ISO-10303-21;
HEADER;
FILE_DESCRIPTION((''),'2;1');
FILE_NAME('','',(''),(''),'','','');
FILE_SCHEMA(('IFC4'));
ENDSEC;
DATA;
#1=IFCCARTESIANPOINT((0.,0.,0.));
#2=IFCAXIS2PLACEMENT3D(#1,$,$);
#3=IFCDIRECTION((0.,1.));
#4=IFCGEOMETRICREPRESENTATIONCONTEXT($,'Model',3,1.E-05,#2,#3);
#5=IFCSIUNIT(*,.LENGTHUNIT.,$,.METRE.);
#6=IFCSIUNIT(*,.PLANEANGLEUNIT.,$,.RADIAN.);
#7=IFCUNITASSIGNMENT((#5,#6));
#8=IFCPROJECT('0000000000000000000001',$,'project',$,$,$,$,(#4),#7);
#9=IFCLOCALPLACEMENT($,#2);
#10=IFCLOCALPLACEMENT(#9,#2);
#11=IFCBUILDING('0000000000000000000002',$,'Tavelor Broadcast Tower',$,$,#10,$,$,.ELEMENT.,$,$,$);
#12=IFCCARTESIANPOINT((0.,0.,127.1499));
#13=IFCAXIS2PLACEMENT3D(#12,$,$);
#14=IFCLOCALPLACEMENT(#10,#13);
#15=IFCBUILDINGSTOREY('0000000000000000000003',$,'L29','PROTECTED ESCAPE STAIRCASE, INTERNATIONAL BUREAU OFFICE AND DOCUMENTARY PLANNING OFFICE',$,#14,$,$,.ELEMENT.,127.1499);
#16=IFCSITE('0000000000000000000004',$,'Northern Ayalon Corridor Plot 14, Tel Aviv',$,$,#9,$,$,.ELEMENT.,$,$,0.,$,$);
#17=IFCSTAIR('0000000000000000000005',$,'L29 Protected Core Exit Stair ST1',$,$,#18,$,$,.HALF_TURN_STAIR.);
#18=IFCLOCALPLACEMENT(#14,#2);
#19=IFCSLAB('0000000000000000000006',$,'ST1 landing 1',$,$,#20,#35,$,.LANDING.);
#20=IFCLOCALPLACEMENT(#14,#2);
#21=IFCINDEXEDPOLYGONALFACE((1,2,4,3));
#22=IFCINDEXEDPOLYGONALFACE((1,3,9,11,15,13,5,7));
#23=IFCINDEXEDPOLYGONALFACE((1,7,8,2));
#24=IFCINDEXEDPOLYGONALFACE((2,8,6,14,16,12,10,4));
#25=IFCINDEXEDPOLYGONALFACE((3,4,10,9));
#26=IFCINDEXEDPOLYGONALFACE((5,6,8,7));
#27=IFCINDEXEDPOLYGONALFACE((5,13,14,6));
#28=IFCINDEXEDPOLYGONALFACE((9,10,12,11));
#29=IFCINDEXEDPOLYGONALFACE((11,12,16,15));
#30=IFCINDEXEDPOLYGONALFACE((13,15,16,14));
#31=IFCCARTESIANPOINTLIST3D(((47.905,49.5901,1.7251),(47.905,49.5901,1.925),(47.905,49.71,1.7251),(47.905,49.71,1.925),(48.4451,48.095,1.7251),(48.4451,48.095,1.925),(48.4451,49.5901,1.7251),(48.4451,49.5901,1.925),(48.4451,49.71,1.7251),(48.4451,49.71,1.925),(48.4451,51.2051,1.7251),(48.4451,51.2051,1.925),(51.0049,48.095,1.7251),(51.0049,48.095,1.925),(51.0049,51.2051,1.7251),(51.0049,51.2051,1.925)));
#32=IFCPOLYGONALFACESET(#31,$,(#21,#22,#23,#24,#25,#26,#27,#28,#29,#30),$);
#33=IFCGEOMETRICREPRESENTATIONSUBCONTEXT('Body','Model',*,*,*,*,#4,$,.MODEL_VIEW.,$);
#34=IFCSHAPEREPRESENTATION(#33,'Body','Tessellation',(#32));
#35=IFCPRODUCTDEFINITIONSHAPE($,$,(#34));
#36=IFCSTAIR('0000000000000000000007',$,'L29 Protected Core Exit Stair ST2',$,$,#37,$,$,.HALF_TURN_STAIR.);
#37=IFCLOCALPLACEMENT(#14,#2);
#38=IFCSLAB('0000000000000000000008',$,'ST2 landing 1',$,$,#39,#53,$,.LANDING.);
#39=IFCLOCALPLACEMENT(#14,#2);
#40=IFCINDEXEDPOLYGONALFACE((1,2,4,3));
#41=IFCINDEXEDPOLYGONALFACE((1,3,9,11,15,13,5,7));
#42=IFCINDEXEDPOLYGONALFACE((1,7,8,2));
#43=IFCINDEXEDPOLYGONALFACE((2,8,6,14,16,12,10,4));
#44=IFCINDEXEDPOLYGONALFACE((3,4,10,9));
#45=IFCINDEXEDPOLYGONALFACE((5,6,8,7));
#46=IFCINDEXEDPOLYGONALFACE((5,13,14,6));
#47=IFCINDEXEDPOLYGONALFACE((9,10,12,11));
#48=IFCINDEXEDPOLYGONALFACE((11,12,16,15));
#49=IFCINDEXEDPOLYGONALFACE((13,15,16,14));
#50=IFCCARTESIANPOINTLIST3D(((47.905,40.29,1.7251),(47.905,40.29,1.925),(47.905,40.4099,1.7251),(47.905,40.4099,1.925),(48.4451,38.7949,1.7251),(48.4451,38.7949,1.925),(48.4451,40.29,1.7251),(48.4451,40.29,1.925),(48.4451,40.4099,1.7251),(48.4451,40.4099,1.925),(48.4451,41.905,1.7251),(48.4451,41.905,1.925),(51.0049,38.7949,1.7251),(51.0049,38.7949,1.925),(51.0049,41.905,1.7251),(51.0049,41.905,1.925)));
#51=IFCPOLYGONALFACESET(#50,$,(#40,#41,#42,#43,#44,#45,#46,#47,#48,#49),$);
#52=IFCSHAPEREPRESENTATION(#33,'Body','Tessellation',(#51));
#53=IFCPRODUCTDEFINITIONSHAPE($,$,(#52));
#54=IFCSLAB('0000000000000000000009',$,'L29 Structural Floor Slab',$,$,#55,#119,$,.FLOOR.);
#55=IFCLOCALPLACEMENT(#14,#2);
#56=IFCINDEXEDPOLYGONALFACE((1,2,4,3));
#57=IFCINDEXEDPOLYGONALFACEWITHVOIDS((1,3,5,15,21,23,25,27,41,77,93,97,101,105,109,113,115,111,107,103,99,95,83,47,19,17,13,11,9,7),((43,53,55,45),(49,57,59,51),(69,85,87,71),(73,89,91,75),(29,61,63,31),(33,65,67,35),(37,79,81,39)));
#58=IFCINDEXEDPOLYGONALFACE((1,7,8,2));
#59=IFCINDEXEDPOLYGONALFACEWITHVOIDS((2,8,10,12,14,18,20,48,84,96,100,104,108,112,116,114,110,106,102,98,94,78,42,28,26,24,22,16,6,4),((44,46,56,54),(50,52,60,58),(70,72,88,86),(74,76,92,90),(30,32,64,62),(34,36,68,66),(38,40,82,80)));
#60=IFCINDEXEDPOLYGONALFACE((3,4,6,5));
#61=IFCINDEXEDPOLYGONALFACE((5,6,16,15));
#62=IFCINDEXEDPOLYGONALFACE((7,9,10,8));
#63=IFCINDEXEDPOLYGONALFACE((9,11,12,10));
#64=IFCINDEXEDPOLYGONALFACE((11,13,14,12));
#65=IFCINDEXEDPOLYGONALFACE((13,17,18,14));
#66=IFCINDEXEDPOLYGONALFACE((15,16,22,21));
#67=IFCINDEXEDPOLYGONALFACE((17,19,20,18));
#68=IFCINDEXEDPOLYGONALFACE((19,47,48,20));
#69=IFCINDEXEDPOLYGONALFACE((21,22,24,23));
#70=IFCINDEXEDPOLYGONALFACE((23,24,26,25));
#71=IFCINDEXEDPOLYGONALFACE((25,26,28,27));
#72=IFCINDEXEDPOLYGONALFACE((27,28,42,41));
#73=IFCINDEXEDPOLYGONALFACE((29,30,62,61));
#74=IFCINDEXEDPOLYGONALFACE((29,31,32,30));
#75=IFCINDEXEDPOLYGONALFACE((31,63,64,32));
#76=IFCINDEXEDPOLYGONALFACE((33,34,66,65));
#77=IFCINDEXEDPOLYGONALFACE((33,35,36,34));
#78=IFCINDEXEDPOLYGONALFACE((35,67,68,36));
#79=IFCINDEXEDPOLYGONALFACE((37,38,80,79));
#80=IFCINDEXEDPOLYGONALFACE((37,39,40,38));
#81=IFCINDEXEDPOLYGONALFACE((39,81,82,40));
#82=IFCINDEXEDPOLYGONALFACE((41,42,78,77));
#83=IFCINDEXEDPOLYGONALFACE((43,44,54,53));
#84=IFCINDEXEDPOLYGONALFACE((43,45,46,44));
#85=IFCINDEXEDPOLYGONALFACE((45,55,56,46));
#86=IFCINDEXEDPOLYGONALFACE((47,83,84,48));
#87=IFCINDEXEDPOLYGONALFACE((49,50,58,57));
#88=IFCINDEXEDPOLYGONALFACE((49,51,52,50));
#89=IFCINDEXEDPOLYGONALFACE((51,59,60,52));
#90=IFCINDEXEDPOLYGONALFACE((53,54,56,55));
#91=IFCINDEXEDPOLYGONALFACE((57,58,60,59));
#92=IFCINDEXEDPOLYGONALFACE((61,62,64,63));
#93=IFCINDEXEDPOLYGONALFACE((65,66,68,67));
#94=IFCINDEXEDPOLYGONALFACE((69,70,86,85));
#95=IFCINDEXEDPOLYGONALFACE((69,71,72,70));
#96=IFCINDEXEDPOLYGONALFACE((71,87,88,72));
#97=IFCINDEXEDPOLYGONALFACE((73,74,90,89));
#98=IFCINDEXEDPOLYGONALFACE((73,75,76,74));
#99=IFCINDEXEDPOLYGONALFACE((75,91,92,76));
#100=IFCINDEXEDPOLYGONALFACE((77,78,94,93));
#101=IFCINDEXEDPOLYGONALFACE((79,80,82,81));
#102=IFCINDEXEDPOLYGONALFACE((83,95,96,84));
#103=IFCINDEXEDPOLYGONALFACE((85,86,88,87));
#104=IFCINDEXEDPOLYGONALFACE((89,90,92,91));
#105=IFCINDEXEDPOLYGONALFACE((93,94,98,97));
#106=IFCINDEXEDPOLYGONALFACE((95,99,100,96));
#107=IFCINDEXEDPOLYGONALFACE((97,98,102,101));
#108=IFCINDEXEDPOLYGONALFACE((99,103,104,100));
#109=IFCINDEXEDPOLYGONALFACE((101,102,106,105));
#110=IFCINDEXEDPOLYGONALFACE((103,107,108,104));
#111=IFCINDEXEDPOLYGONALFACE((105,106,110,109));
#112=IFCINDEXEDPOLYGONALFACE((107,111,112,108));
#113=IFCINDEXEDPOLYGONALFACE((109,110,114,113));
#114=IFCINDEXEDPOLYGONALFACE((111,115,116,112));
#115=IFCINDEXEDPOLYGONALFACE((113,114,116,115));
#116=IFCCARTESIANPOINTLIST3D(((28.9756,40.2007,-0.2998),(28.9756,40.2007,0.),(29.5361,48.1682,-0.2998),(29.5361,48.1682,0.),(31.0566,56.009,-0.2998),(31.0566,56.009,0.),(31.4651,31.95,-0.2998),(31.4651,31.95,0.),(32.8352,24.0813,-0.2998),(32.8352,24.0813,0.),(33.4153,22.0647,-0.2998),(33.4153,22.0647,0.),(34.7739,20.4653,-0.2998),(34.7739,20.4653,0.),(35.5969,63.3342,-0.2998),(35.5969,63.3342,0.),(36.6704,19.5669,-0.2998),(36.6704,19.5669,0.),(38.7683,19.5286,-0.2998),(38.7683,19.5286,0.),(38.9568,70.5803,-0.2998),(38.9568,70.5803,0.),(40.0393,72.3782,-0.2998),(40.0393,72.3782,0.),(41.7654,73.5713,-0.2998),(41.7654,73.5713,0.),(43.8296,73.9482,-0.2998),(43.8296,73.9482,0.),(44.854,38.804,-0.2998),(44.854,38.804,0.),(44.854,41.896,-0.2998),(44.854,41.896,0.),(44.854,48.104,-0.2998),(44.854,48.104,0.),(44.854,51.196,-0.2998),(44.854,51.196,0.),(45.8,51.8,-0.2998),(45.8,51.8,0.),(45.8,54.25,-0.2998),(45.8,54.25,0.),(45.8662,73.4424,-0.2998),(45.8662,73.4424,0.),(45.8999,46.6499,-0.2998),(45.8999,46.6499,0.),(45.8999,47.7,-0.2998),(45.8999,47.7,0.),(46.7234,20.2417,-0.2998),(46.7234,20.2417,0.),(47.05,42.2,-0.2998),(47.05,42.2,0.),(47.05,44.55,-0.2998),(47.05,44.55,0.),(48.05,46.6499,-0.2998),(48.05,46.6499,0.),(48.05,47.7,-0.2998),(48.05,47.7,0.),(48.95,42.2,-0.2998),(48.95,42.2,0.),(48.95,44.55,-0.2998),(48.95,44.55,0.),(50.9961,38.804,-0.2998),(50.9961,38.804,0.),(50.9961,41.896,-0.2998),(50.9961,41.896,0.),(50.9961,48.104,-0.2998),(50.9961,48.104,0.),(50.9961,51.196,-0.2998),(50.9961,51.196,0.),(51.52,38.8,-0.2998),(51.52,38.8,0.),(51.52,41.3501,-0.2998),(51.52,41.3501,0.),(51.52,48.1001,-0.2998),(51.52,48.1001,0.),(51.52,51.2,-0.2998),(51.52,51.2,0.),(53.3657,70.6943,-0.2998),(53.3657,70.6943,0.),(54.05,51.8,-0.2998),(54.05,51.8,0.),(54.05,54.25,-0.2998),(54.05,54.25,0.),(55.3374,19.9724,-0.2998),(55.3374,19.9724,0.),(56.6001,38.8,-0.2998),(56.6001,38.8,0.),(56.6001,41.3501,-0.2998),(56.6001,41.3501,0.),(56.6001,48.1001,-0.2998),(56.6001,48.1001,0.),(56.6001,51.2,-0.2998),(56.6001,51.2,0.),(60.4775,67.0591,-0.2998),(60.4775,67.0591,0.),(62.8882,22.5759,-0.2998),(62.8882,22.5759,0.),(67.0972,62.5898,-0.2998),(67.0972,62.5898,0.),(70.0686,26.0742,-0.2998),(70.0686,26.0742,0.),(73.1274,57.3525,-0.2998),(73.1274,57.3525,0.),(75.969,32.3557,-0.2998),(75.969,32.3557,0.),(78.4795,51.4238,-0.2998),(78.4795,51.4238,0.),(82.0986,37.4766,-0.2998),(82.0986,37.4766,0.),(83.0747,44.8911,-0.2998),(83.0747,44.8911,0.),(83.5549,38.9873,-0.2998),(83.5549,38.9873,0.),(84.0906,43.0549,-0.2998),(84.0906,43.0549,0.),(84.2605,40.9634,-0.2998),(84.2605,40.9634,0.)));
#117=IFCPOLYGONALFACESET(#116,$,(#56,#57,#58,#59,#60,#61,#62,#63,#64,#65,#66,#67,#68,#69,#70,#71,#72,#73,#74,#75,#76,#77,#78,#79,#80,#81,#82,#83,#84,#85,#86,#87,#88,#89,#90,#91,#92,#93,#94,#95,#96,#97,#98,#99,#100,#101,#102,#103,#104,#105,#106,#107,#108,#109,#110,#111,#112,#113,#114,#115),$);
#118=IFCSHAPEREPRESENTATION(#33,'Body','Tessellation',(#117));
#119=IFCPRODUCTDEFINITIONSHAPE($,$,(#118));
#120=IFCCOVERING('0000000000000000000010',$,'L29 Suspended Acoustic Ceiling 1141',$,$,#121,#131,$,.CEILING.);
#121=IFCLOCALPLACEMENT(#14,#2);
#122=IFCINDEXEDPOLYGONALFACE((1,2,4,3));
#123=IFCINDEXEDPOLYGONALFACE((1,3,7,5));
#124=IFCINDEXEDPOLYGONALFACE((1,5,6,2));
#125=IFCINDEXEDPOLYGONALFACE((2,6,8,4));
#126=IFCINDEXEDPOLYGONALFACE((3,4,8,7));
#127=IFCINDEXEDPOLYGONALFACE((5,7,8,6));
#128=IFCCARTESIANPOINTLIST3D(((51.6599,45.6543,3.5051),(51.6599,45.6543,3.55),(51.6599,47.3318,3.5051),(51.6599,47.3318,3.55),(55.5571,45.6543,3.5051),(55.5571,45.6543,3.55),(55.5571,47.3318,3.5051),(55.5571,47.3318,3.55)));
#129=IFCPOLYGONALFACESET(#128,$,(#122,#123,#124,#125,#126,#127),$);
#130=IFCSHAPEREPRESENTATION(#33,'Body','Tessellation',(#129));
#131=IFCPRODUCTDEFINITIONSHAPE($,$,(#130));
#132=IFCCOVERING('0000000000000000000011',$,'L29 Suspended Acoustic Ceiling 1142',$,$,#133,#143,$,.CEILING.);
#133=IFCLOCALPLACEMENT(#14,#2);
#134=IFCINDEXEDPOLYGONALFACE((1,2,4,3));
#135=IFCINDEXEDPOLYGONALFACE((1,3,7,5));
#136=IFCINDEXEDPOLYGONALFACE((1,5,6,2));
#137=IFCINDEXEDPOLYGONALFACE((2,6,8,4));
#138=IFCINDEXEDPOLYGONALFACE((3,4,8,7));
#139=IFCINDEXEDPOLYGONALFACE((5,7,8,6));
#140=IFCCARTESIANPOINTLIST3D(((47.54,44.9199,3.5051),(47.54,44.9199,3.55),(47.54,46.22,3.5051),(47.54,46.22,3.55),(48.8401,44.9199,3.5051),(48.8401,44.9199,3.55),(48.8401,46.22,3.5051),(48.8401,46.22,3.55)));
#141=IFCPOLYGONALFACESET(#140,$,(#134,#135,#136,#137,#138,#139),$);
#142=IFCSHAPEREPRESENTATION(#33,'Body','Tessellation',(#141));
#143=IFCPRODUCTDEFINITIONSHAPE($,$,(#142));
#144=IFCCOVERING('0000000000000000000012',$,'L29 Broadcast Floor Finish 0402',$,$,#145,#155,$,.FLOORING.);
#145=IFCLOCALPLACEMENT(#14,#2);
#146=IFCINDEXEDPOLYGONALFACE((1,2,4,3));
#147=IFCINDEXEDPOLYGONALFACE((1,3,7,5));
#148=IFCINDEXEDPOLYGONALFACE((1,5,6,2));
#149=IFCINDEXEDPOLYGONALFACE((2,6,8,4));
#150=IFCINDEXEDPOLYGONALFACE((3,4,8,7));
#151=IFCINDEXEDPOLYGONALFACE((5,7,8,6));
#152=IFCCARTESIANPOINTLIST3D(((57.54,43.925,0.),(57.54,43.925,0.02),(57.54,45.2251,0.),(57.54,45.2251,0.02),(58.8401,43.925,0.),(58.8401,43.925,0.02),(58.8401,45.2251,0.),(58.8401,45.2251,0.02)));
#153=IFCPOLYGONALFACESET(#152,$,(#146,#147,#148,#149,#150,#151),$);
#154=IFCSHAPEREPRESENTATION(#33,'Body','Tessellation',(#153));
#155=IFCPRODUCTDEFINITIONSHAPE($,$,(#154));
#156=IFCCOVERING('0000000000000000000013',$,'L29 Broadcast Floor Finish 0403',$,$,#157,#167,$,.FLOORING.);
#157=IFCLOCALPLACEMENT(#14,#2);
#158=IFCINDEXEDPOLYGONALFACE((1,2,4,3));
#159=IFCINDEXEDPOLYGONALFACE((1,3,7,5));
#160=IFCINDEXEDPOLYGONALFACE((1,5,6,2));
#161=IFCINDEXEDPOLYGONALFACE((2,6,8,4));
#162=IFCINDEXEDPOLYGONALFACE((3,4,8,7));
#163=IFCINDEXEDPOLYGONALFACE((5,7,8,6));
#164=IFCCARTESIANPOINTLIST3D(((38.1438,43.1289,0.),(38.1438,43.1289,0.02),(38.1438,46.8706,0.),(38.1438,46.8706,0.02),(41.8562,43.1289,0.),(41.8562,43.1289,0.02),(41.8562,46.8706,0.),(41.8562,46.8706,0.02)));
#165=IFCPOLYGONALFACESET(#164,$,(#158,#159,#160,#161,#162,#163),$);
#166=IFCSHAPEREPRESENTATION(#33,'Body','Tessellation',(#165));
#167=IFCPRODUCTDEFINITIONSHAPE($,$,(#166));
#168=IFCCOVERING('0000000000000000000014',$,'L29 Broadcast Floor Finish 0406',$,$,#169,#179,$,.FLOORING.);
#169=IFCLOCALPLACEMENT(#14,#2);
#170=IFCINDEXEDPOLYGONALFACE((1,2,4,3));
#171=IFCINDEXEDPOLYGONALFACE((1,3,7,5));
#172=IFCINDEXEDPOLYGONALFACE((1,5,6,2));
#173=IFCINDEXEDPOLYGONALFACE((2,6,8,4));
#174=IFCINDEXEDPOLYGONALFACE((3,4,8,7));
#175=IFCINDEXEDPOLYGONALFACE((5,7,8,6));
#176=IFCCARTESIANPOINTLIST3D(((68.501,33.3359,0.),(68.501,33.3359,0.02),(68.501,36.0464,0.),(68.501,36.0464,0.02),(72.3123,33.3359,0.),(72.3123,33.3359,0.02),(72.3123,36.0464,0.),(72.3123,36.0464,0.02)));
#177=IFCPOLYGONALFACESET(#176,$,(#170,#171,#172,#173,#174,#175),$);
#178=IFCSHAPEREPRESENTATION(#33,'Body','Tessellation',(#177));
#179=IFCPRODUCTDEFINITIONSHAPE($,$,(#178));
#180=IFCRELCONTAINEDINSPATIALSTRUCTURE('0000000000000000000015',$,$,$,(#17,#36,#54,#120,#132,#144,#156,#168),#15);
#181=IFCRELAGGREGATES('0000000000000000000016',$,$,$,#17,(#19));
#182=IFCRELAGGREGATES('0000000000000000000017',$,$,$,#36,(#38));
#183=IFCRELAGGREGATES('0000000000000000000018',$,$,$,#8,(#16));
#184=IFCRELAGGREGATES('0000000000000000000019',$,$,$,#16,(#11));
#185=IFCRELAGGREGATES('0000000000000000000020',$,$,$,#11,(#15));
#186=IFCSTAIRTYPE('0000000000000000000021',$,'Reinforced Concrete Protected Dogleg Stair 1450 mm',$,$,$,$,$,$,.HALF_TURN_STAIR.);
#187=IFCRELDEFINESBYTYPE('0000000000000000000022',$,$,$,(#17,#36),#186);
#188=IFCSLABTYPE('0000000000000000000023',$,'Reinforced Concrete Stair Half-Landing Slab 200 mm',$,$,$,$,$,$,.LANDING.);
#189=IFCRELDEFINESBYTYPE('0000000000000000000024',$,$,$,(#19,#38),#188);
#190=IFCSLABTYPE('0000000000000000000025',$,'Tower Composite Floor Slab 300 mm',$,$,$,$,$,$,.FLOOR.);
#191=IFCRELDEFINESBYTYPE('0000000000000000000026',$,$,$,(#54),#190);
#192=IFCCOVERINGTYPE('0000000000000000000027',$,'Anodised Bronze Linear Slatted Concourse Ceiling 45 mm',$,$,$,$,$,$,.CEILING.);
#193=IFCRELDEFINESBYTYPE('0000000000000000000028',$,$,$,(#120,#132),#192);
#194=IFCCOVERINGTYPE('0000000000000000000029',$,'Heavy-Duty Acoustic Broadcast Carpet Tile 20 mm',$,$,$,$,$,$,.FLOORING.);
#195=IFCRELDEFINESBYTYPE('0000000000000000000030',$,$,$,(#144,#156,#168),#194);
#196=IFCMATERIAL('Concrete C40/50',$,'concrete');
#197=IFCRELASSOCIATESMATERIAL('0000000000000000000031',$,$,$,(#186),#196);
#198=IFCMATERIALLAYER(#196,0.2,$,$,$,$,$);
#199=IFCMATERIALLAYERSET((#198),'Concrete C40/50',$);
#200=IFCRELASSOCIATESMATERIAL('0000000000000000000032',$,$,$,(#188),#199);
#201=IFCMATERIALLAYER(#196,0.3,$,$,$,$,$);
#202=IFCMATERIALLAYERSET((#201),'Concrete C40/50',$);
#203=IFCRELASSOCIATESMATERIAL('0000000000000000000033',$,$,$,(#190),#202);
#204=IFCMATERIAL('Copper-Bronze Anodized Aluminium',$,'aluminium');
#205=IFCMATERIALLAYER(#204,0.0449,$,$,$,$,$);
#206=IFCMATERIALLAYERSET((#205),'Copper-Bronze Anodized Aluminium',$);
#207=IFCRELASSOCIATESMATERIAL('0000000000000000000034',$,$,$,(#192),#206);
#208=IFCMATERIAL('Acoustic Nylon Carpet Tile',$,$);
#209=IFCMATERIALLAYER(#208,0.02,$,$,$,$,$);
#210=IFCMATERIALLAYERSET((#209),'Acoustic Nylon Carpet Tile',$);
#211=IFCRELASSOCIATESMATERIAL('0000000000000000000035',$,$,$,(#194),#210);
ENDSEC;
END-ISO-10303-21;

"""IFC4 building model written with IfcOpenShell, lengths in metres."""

from ifc_helpers import new_model, si_unit, direction, frame, origin, place, context, subcontext, project, spatial, polyline, outline, extrude, material, layer, layer_set, type_object, element, aggregate, save


model = new_model("IFC4")

# Units and contexts
model_context = context("Model", 3, precision=1e-05, world=origin(), true_north=direction((0.0, 1.0)))
body_context = subcontext(model_context, "Body", "Model", "MODEL_VIEW")
ifc_project = project(units=[si_unit("LENGTHUNIT", "METRE"), si_unit("PLANEANGLEUNIT", "RADIAN")], contexts=[model_context])

# Site, building, storey
site_placement = place(None, origin())
site = spatial("IfcSite", under=ifc_project, at=site_placement, Name="Northern Ayalon Corridor Plot 14, Tel Aviv", CompositionType="ELEMENT", RefElevation=0.0)
building_placement = place(site_placement, origin())
building = spatial("IfcBuilding", under=site, at=building_placement, Name="Tavelor Broadcast Tower", CompositionType="ELEMENT")
storey_placement = place(building_placement, frame((0.0, 0.0, 127.1499)))
storey = spatial("IfcBuildingStorey", under=building, at=storey_placement, Name="L29", Description="PROTECTED ESCAPE STAIRCASE, INTERNATIONAL BUREAU OFFICE AND DOCUMENTARY PLANNING OFFICE", CompositionType="ELEMENT", Elevation=127.1499)

# Stairs, slabs
ifc_material_1 = material(Name="Concrete C40/50", Category="concrete")
stair_type = type_object("IfcStairType", Name="Reinforced Concrete Protected Dogleg Stair 1450 mm", PredefinedType="HALF_TURN_STAIR", material=ifc_material_1)
stair_1_placement = place(storey_placement, origin())
stair_1 = element("IfcStair", 1, at=stair_1_placement, inside=storey, type_object=stair_type, Name="L29 Protected Core Exit Stair ST1", PredefinedType="HALF_TURN_STAIR")
ifc_layer_1 = layer(ifc_material_1, 0.2)
ifc_layer_set_1 = layer_set([ifc_layer_1], Name="Concrete C40/50")
slab_type_1 = type_object("IfcSlabType", Name="Reinforced Concrete Stair Half-Landing Slab 200 mm", PredefinedType="LANDING", material=ifc_layer_set_1)
slab_1_placement = place(storey_placement, frame((0.0, 0.0, 1.7251)))
slab_1 = element("IfcSlab", 2, at=slab_1_placement, type_object=slab_type_1, Name="ST1 landing 1", PredefinedType="LANDING", context=body_context, shape_type="SweptSolid", body=[
    extrude(outline(polyline([(48.4451, 49.5901), (48.4451, 48.095), (51.0049, 48.095), (51.0049, 51.2051), (48.4451, 51.2051), (48.4451, 49.71), (47.905, 49.71), (47.905, 49.5901), (48.4451, 49.5901)])), origin(), (0.0, 0.0, 1.0), 0.2),
])
aggregate(stair_1, [slab_1])
stair_2_placement = place(storey_placement, origin())
stair_2 = element("IfcStair", 3, at=stair_2_placement, inside=storey, type_object=stair_type, Name="L29 Protected Core Exit Stair ST2", PredefinedType="HALF_TURN_STAIR")
slab_2_placement = place(storey_placement, frame((0.0, 0.0, 1.7251)))
slab_2 = element("IfcSlab", 4, at=slab_2_placement, type_object=slab_type_1, Name="ST2 landing 1", PredefinedType="LANDING", context=body_context, shape_type="SweptSolid", body=[
    extrude(outline(polyline([(48.4451, 40.29), (48.4451, 38.7949), (51.0049, 38.7949), (51.0049, 41.905), (48.4451, 41.905), (48.4451, 40.4099), (47.905, 40.4099), (47.905, 40.29), (48.4451, 40.29)])), origin(), (0.0, 0.0, 1.0), 0.2),
])
aggregate(stair_2, [slab_2])

# Slab
ifc_layer_2 = layer(ifc_material_1, 0.3)
ifc_layer_set_2 = layer_set([ifc_layer_2], Name="Concrete C40/50")
slab_type_2 = type_object("IfcSlabType", Name="Tower Composite Floor Slab 300 mm", PredefinedType="FLOOR", material=ifc_layer_set_2)
slab_3_placement = place(storey_placement, frame((0.0, 0.0, -0.2998)))
element("IfcSlab", 5, at=slab_3_placement, inside=storey, type_object=slab_type_2, Name="L29 Structural Floor Slab", PredefinedType="FLOOR", context=body_context, shape_type="SweptSolid", body=[
    extrude(outline(polyline([(45.8662, 73.4424), (43.8296, 73.9482), (41.7654, 73.5713), (40.0393, 72.3782), (38.9568, 70.5803), (35.5969, 63.3342), (31.0566, 56.009), (29.5361, 48.1682), (28.9756, 40.2007), (31.4651, 31.95), (32.8352, 24.0813), (33.4153, 22.0647), (34.7739, 20.4653), (36.6704, 19.5669), (38.7683, 19.5286), (46.7234, 20.2417), (55.3374, 19.9724), (62.8882, 22.5759), (70.0686, 26.0742), (75.969, 32.3557), (82.0986, 37.4766), (83.5549, 38.9873), (84.2605, 40.9634), (84.0906, 43.0549), (83.0747, 44.8911), (78.4795, 51.4238), (73.1274, 57.3525), (67.0972, 62.5898), (60.4775, 67.0591), (53.3657, 70.6943), (45.8662, 73.4424)]), holes=[polyline([(56.6001, 41.3501), (56.6001, 38.8), (51.52, 38.8), (51.52, 41.3501), (56.6001, 41.3501)]), polyline([(50.9961, 38.804), (44.854, 38.804), (44.854, 41.896), (50.9961, 41.896), (50.9961, 38.804)]), polyline([(47.05, 42.2), (47.05, 44.55), (48.95, 44.55), (48.95, 42.2), (47.05, 42.2)]), polyline([(48.05, 46.6499), (45.8999, 46.6499), (45.8999, 47.7), (48.05, 47.7), (48.05, 46.6499)]), polyline([(50.9961, 48.104), (44.854, 48.104), (44.854, 51.196), (50.9961, 51.196), (50.9961, 48.104)]), polyline([(56.6001, 48.1001), (51.52, 48.1001), (51.52, 51.2), (56.6001, 51.2), (56.6001, 48.1001)]), polyline([(54.05, 51.8), (45.8, 51.8), (45.8, 54.25), (54.05, 54.25), (54.05, 51.8)])]), origin(), (0.0, 0.0, 1.0), 0.2998),
])

# Coverings
ifc_material_2 = material(Name="Copper-Bronze Anodized Aluminium", Category="aluminium")
ifc_layer_3 = layer(ifc_material_2, 0.0449)
ifc_layer_set_3 = layer_set([ifc_layer_3], Name="Copper-Bronze Anodized Aluminium")
covering_type_1 = type_object("IfcCoveringType", Name="Anodised Bronze Linear Slatted Concourse Ceiling 45 mm", PredefinedType="CEILING", material=ifc_layer_set_3)
covering_1_placement = place(storey_placement, frame((0.0, 0.0, 3.5051)))
element("IfcCovering", 6, at=covering_1_placement, inside=storey, type_object=covering_type_1, Name="L29 Suspended Acoustic Ceiling 1141", PredefinedType="CEILING", context=body_context, shape_type="SweptSolid", body=[
    extrude(outline(polyline([(51.6599, 45.6543), (55.5571, 45.6543), (55.5571, 47.3318), (51.6599, 47.3318), (51.6599, 45.6543)])), origin(), (0.0, 0.0, 1.0), 0.0449),
])
covering_2_placement = place(storey_placement, frame((0.0, 0.0, 3.5051)))
element("IfcCovering", 7, at=covering_2_placement, inside=storey, type_object=covering_type_1, Name="L29 Suspended Acoustic Ceiling 1142", PredefinedType="CEILING", context=body_context, shape_type="SweptSolid", body=[
    extrude(outline(polyline([(47.54, 44.9199), (48.8401, 44.9199), (48.8401, 46.22), (47.54, 46.22), (47.54, 44.9199)])), origin(), (0.0, 0.0, 1.0), 0.0449),
])
ifc_material_3 = material(Name="Acoustic Nylon Carpet Tile")
ifc_layer_4 = layer(ifc_material_3, 0.02)
ifc_layer_set_4 = layer_set([ifc_layer_4], Name="Acoustic Nylon Carpet Tile")
covering_type_2 = type_object("IfcCoveringType", Name="Heavy-Duty Acoustic Broadcast Carpet Tile 20 mm", PredefinedType="FLOORING", material=ifc_layer_set_4)
covering_3_placement = place(storey_placement, origin())
element("IfcCovering", 8, at=covering_3_placement, inside=storey, type_object=covering_type_2, Name="L29 Broadcast Floor Finish 0402", PredefinedType="FLOORING", context=body_context, shape_type="SweptSolid", body=[
    extrude(outline(polyline([(57.54, 43.925), (58.8401, 43.925), (58.8401, 45.2251), (57.54, 45.2251), (57.54, 43.925)])), origin(), (0.0, 0.0, 1.0), 0.02),
])
covering_4_placement = place(storey_placement, origin())
element("IfcCovering", 9, at=covering_4_placement, inside=storey, type_object=covering_type_2, Name="L29 Broadcast Floor Finish 0403", PredefinedType="FLOORING", context=body_context, shape_type="SweptSolid", body=[
    extrude(outline(polyline([(38.1438, 43.1289), (41.8562, 43.1289), (41.8562, 46.8706), (38.1438, 46.8706), (38.1438, 43.1289)])), origin(), (0.0, 0.0, 1.0), 0.02),
])
covering_5_placement = place(storey_placement, origin())
element("IfcCovering", 10, at=covering_5_placement, inside=storey, type_object=covering_type_2, Name="L29 Broadcast Floor Finish 0406", PredefinedType="FLOORING", context=body_context, shape_type="SweptSolid", body=[
    extrude(outline(polyline([(68.501, 33.3359), (72.3123, 33.3359), (72.3123, 36.0464), (68.501, 36.0464), (68.501, 33.3359)])), origin(), (0.0, 0.0, 1.0), 0.02),
])

save(model, "model.ifc")
